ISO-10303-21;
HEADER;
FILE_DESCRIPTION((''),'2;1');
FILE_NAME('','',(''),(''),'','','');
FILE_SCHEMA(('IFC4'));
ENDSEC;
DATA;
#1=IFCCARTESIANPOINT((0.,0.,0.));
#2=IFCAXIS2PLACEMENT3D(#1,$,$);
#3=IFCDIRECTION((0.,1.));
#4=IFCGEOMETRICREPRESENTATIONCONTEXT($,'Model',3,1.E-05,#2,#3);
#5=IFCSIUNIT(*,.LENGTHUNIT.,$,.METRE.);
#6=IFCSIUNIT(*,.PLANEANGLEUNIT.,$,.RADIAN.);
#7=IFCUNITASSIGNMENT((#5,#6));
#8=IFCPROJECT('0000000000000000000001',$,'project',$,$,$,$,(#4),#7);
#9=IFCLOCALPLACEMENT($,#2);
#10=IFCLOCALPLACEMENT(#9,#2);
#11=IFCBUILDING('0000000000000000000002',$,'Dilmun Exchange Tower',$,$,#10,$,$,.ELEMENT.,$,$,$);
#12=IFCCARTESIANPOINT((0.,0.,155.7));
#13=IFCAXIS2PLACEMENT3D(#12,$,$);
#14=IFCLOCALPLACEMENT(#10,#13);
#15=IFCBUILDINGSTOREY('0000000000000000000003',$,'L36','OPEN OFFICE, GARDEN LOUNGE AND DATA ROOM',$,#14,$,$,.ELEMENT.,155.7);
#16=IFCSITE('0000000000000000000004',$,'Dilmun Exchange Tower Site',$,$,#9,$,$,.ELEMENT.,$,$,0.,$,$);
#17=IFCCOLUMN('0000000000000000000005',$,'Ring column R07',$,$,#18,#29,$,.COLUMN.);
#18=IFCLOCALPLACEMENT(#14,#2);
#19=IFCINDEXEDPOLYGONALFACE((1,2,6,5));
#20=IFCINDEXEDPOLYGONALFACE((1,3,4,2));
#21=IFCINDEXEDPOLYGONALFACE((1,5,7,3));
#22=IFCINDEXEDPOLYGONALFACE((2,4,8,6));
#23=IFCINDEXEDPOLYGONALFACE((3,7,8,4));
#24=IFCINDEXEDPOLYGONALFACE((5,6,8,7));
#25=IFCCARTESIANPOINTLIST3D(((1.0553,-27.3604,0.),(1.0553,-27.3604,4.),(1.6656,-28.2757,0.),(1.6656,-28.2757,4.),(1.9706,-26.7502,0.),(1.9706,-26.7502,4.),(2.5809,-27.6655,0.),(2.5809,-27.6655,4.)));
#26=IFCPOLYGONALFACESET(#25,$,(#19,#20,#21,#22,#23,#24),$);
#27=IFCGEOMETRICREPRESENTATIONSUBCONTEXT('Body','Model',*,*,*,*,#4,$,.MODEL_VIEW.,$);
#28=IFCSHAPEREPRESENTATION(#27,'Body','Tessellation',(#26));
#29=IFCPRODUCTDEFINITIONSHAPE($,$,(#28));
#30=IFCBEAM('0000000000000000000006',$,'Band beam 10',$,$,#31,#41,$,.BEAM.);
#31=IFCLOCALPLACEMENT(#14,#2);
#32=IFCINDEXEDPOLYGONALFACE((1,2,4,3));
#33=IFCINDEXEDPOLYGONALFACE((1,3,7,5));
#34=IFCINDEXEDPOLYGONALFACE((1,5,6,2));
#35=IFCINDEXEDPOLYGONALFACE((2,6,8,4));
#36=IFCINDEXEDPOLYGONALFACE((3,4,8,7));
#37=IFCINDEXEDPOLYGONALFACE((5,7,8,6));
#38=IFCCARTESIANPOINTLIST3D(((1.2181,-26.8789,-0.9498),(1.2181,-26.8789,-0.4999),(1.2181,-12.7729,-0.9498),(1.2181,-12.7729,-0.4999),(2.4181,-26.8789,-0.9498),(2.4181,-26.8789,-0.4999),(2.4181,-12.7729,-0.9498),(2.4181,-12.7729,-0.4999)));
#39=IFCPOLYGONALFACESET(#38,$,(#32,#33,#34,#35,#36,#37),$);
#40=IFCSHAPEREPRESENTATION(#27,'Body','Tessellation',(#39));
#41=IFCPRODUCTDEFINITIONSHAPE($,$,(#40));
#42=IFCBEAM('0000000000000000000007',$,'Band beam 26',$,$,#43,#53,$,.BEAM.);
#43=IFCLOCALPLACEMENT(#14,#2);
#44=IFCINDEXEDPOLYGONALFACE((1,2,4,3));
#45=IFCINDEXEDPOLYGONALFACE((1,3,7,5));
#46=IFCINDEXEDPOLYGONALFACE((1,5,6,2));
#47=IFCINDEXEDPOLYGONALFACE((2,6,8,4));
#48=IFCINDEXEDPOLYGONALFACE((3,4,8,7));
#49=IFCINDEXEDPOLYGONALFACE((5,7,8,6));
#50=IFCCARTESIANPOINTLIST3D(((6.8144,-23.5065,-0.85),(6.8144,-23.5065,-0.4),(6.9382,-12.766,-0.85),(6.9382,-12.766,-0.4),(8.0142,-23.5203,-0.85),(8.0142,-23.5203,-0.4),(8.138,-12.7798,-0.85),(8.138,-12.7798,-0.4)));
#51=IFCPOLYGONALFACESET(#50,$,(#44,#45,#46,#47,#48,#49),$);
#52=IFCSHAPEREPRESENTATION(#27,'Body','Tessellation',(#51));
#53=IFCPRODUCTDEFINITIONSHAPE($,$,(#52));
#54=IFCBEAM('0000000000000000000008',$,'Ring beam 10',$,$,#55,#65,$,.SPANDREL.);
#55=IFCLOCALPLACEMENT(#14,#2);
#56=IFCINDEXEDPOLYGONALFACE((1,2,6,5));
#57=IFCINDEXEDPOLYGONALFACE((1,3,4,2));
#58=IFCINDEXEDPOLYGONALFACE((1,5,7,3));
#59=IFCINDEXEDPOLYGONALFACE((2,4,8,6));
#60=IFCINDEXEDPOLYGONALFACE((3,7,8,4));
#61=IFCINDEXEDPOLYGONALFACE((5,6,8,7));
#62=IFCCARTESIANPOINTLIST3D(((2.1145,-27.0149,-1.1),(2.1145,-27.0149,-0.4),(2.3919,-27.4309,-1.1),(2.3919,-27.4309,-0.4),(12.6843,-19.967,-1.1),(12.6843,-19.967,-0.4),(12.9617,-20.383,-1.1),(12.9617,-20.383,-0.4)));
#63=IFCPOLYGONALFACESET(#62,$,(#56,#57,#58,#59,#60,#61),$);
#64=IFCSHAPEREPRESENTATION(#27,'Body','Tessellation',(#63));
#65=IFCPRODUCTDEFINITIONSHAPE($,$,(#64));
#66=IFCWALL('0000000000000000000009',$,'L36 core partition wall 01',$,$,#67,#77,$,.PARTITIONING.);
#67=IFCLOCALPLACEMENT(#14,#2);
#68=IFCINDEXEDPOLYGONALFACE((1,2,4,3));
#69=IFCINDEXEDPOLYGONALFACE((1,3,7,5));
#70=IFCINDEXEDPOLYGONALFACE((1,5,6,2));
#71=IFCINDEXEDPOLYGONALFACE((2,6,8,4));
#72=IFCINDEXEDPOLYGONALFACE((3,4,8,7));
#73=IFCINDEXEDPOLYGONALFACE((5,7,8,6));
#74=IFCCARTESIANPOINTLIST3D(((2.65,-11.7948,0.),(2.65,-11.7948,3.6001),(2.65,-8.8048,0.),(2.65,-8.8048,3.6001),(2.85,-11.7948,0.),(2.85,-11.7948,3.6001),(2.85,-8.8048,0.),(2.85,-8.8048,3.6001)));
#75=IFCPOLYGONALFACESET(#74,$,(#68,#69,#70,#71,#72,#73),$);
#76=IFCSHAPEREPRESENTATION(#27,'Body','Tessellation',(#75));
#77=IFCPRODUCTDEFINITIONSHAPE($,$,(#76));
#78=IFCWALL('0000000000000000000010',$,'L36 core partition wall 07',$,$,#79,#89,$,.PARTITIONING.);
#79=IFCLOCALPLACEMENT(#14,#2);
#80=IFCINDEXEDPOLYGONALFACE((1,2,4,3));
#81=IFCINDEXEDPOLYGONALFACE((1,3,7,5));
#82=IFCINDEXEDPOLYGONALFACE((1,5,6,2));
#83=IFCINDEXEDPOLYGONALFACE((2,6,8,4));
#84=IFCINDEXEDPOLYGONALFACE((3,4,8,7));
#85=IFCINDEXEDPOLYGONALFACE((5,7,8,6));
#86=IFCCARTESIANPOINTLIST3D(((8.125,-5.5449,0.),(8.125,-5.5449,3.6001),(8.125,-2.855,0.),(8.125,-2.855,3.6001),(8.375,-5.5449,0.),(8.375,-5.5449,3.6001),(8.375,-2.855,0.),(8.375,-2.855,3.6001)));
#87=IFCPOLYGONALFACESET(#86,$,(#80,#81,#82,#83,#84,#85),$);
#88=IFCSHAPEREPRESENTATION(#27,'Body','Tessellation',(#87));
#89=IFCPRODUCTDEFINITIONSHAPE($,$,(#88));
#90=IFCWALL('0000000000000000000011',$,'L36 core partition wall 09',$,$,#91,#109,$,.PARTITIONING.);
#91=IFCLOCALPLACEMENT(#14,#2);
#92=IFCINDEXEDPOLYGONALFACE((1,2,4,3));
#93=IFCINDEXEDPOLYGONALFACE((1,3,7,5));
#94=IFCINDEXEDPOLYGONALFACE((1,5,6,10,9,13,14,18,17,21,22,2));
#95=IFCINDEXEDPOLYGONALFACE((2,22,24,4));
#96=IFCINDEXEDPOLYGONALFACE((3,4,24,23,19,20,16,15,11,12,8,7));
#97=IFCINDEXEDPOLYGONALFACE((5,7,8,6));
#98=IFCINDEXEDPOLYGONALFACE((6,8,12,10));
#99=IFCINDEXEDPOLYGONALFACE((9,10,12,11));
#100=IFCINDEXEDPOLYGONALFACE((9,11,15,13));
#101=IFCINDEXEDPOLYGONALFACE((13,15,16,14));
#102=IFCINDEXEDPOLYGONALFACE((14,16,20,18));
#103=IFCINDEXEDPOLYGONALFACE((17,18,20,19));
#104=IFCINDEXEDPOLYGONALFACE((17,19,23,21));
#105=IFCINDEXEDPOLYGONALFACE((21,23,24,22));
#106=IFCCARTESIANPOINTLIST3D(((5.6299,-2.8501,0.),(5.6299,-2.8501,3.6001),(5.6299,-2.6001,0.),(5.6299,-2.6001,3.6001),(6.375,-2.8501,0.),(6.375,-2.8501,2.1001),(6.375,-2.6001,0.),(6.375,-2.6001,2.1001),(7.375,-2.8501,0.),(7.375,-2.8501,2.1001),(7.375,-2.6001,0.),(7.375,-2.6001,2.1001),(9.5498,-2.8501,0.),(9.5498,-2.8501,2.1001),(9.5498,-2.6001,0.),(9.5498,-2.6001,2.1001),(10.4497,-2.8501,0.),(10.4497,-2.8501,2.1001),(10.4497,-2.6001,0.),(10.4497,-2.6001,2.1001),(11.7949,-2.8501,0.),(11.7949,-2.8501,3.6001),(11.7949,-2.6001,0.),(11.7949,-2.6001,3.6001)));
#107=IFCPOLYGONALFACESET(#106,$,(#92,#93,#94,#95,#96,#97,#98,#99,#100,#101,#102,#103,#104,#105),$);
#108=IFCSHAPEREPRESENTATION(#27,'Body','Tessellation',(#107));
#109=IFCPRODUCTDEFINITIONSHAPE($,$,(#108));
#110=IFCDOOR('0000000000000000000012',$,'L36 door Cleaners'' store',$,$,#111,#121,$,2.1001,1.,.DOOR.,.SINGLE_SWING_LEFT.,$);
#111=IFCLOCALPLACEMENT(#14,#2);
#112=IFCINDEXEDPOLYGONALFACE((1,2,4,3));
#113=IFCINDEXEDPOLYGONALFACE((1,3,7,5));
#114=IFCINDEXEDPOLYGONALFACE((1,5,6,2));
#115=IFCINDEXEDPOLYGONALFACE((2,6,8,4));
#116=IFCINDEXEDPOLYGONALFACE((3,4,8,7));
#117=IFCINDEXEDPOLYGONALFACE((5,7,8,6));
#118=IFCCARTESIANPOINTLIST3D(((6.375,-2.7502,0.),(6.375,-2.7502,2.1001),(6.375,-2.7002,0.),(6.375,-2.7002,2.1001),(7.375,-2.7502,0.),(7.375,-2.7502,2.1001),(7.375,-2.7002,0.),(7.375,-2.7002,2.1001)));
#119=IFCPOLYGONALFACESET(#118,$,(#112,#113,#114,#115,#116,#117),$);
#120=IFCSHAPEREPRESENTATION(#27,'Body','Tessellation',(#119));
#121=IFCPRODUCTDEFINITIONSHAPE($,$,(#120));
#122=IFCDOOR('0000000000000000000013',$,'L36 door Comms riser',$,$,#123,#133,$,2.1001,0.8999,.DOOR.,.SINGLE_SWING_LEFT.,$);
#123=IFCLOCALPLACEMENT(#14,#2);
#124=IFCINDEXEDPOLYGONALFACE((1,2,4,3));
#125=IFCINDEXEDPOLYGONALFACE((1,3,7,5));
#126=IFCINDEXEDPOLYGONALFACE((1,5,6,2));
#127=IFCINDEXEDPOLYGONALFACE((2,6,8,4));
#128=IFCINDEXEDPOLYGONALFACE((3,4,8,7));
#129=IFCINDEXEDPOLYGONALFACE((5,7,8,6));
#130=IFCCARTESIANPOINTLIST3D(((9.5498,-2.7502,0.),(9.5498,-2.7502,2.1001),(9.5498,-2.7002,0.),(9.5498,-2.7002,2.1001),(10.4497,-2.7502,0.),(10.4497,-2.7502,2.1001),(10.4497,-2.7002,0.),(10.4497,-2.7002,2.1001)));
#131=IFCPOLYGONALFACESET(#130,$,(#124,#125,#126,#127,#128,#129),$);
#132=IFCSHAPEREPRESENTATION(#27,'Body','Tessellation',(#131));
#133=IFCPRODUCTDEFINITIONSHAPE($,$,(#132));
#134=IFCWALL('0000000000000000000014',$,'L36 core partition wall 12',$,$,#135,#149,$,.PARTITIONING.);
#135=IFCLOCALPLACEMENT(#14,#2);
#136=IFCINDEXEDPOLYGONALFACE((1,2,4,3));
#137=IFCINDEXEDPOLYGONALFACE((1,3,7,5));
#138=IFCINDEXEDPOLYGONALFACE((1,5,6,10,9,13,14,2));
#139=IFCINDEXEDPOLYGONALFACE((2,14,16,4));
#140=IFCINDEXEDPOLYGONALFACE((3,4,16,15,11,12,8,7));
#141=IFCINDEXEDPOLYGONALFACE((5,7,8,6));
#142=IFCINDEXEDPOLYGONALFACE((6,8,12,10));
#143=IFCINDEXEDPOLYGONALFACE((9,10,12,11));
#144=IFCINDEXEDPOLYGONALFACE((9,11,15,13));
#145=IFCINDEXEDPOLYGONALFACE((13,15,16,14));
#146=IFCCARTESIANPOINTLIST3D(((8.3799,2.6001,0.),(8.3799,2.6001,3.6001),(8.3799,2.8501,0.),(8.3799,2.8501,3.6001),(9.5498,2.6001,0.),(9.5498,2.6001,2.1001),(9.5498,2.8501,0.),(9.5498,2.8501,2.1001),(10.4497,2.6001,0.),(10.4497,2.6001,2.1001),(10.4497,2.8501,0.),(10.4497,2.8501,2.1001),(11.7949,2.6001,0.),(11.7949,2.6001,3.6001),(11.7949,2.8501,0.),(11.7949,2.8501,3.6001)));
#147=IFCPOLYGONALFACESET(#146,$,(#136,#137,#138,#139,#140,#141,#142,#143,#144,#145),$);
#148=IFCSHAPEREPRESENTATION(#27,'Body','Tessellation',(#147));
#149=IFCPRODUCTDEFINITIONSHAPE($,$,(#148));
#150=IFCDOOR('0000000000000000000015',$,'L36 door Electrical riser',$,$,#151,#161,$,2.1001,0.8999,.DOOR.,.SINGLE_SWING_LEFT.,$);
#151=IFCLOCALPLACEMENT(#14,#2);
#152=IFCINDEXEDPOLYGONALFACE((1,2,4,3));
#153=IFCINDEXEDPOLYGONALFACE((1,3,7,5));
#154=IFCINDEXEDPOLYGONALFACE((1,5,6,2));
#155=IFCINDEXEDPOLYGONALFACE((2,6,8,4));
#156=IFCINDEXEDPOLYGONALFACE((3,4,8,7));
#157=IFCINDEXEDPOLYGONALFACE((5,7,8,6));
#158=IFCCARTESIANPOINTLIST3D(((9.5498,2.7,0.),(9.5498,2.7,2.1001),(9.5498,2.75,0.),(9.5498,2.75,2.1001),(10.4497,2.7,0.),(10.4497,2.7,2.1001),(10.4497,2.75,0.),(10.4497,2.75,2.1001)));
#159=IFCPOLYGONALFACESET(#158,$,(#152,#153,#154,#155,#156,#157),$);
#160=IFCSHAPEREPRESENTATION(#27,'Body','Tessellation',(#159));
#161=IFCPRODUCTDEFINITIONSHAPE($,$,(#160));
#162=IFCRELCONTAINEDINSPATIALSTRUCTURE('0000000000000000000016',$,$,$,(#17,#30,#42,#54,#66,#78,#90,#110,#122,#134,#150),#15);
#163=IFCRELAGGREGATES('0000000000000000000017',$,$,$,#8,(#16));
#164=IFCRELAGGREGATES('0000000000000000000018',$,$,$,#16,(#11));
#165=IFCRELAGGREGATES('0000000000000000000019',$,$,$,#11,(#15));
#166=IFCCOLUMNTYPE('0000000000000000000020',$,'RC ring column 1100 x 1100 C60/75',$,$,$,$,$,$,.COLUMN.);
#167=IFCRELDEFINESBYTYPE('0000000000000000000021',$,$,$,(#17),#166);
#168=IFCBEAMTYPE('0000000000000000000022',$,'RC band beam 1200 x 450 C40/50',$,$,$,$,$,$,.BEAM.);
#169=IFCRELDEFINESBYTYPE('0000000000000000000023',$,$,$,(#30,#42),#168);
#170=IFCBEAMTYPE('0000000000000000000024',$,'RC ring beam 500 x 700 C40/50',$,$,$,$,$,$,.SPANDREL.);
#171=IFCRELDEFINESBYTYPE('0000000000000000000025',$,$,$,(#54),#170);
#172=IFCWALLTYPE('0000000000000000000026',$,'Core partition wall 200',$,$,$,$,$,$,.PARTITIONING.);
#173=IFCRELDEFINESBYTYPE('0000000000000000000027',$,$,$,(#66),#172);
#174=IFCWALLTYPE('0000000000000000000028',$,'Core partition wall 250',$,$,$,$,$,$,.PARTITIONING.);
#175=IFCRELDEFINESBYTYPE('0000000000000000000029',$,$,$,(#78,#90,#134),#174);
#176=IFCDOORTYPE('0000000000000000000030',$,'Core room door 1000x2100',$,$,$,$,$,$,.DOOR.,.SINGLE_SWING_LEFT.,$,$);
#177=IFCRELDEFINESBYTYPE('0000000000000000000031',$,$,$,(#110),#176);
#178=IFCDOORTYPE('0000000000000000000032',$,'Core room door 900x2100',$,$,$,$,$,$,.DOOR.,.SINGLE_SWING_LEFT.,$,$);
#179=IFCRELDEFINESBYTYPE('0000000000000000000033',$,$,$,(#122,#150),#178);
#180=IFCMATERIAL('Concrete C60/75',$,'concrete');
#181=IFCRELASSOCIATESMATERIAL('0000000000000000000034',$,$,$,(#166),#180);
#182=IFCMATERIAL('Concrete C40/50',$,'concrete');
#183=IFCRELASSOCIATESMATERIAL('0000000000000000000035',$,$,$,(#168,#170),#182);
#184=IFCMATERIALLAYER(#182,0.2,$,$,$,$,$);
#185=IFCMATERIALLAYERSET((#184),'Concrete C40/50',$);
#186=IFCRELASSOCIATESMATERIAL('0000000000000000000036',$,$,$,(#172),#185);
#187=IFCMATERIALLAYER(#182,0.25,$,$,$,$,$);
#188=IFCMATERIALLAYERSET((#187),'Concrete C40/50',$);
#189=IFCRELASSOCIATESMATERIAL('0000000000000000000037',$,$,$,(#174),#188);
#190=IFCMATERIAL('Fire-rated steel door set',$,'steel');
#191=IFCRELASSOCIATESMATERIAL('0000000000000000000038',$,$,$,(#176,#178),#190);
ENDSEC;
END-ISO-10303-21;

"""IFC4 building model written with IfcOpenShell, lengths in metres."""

from ifc_helpers import new_model, si_unit, direction, frame, frame_2d, origin, origin_2d, place, context, subcontext, project, spatial, rectangle, extrude, material, layer, layer_set, material_profile, profile_set, type_object, element, fill, save


model = new_model("IFC4")

# Units and contexts
model_context = context("Model", 3, precision=1e-05, world=origin(), true_north=direction((0.0, 1.0)))
body_context = subcontext(model_context, "Body", "Model", "MODEL_VIEW")
ifc_project = project(units=[si_unit("LENGTHUNIT", "METRE"), si_unit("PLANEANGLEUNIT", "RADIAN")], contexts=[model_context])

# Site, building, storey
site_placement = place(None, origin())
site = spatial("IfcSite", under=ifc_project, at=site_placement, Name="Dilmun Exchange Tower Site", CompositionType="ELEMENT", RefElevation=0.0)
building_placement = place(site_placement, origin())
building = spatial("IfcBuilding", under=site, at=building_placement, Name="Dilmun Exchange Tower", CompositionType="ELEMENT")
storey_placement = place(building_placement, frame((0.0, 0.0, 155.7)))
storey = spatial("IfcBuildingStorey", under=building, at=storey_placement, Name="L36", Description="OPEN OFFICE, GARDEN LOUNGE AND DATA ROOM", CompositionType="ELEMENT", Elevation=155.7)

# Column
ifc_material_1 = material(Name="Concrete C60/75", Category="concrete")
ifc_material_profile_1 = material_profile(ifc_material_1, rectangle(XDim=1.1001, YDim=1.1001, at=origin_2d()), Name="1100 x 1100")
ifc_profile_set_1 = profile_set([ifc_material_profile_1], Name="Concrete C60/75")
column_type = type_object("IfcColumnType", Name="RC ring column 1100 x 1100 C60/75", PredefinedType="COLUMN", material=ifc_profile_set_1)
column_placement = place(storey_placement, frame((1.8181, -27.5129, 0.0), z_axis=(0.0, 0.0, 1.0), x_axis=(0.832029, 0.554733, 0.0)))
element("IfcColumn", 1, at=column_placement, inside=storey, type_object=column_type, Name="Ring column R07", PredefinedType="COLUMN", context=body_context, shape_type="SweptSolid", body=[
    extrude(rectangle(XDim=1.1001, YDim=1.1001, at=origin_2d()), origin(), (0.0, 0.0, 1.0), 4.0),
])

# Beams
ifc_material_2 = material(Name="Concrete C40/50", Category="concrete")
ifc_material_profile_2 = material_profile(ifc_material_2, rectangle(XDim=1.2, YDim=0.45, at=origin_2d()), Name="1200 x 450")
ifc_profile_set_2 = profile_set([ifc_material_profile_2], Name="Concrete C40/50")
beam_type_1 = type_object("IfcBeamType", Name="RC band beam 1200 x 450 C40/50", PredefinedType="BEAM", material=ifc_profile_set_2)
beam_1_placement = place(storey_placement, frame((1.8181, -26.8789, -0.7249), z_axis=(0.0, 1.0, 0.0), x_axis=(-1.0, 0.0, 0.0)))
element("IfcBeam", 2, at=beam_1_placement, inside=storey, type_object=beam_type_1, Name="Band beam 10", PredefinedType="BEAM", context=body_context, shape_type="SweptSolid", body=[
    extrude(rectangle(XDim=1.2, YDim=0.45, at=origin_2d()), origin(), (0.0, 0.0, 1.0), 14.106),
])
beam_2_placement = place(storey_placement, frame((7.4143, -23.5134, -0.625), z_axis=(0.011524, 0.999934, 0.0), x_axis=(-0.999934, 0.011524, 0.0)))
element("IfcBeam", 3, at=beam_2_placement, inside=storey, type_object=beam_type_1, Name="Band beam 26", PredefinedType="BEAM", context=body_context, shape_type="SweptSolid", body=[
    extrude(rectangle(XDim=1.2, YDim=0.45, at=origin_2d()), origin(), (0.0, 0.0, 1.0), 10.7412),
])
ifc_material_profile_3 = material_profile(ifc_material_2, rectangle(XDim=0.5, YDim=0.7, at=origin_2d()), Name="500 x 700")
ifc_profile_set_3 = profile_set([ifc_material_profile_3], Name="Concrete C40/50")
beam_type_2 = type_object("IfcBeamType", Name="RC ring beam 500 x 700 C40/50", PredefinedType="SPANDREL", material=ifc_profile_set_3)
beam_3_placement = place(storey_placement, frame((2.2532, -27.2229, -0.75), z_axis=(0.832003, 0.554771, 0.0), x_axis=(-0.554771, 0.832003, 0.0)))
element("IfcBeam", 4, at=beam_3_placement, inside=storey, type_object=beam_type_2, Name="Ring beam 10", PredefinedType="SPANDREL", context=body_context, shape_type="SweptSolid", body=[
    extrude(rectangle(XDim=0.5, YDim=0.7, at=origin_2d()), origin(), (0.0, 0.0, 1.0), 12.7041),
])

# Walls
ifc_layer_1 = layer(ifc_material_2, 0.2)
ifc_layer_set_1 = layer_set([ifc_layer_1], Name="Concrete C40/50")
wall_type_1 = type_object("IfcWallType", Name="Core partition wall 200", PredefinedType="PARTITIONING", material=ifc_layer_set_1)
wall_1_placement = place(storey_placement, frame((2.75, -11.7949, 0.0), z_axis=(0.0, 0.0, 1.0), x_axis=(0.0, 1.0, 0.0)))
element("IfcWall", 5, at=wall_1_placement, inside=storey, type_object=wall_type_1, Name="L36 core partition wall 01", PredefinedType="PARTITIONING", context=body_context, shape_type="SweptSolid", body=[
    extrude(rectangle(XDim=2.99, YDim=0.2, at=frame_2d((1.4951, 0.0))), origin(), (0.0, 0.0, 1.0), 3.6001),
])
ifc_layer_2 = layer(ifc_material_2, 0.25)
ifc_layer_set_2 = layer_set([ifc_layer_2], Name="Concrete C40/50")
wall_type_2 = type_object("IfcWallType", Name="Core partition wall 250", PredefinedType="PARTITIONING", material=ifc_layer_set_2)
wall_2_placement = place(storey_placement, frame((8.25, -5.5449, 0.0), z_axis=(0.0, 0.0, 1.0), x_axis=(0.0, 1.0, 0.0)))
element("IfcWall", 6, at=wall_2_placement, inside=storey, type_object=wall_type_2, Name="L36 core partition wall 07", PredefinedType="PARTITIONING", context=body_context, shape_type="SweptSolid", body=[
    extrude(rectangle(XDim=2.6899, YDim=0.25, at=frame_2d((1.345, 0.0))), origin(), (0.0, 0.0, 1.0), 3.6001),
])

# Wall, openings, doors
wall_3_placement = place(storey_placement, frame((5.6299, -2.7251, 0.0), z_axis=(0.0, 0.0, 1.0), x_axis=(1.0, 0.0, 0.0)))
wall_3 = element("IfcWall", 7, at=wall_3_placement, inside=storey, type_object=wall_type_2, Name="L36 core partition wall 09", PredefinedType="PARTITIONING", context=body_context, shape_type="SweptSolid", body=[
    extrude(rectangle(XDim=6.165, YDim=0.25, at=frame_2d((3.0825, 0.0))), origin(), (0.0, 0.0, 1.0), 3.6001),
])
opening_1_placement = place(wall_3_placement, frame((0.7451, 0.0, 0.0)))
opening_1 = element("IfcOpeningElement", 8, at=opening_1_placement, cuts=wall_3, PredefinedType="OPENING", context=body_context, shape_type="SweptSolid", body=[
    extrude(rectangle(XDim=1.0, YDim=2.1001, at=frame_2d((0.5, 1.05))), frame((0.0, 0.135, 0.0), z_axis=(0.0, -1.0, 0.0), x_axis=(1.0, 0.0, 0.0)), (0.0, 0.0, 1.0), 0.27),
])
opening_2_placement = place(wall_3_placement, frame((3.9199, 0.0, 0.0)))
opening_2 = element("IfcOpeningElement", 9, at=opening_2_placement, cuts=wall_3, PredefinedType="OPENING", context=body_context, shape_type="SweptSolid", body=[
    extrude(rectangle(XDim=0.8999, YDim=2.1001, at=frame_2d((0.45, 1.05))), frame((0.0, 0.135, 0.0), z_axis=(0.0, -1.0, 0.0), x_axis=(1.0, 0.0, 0.0)), (0.0, 0.0, 1.0), 0.27),
])
ifc_material_3 = material(Name="Fire-rated steel door set", Category="steel")
door_type_1 = type_object("IfcDoorType", Name="Core room door 1000x2100", OperationType="SINGLE_SWING_LEFT", PredefinedType="DOOR", material=ifc_material_3)
door_1_placement = place(opening_1_placement, origin())
door_1 = element("IfcDoor", 10, at=door_1_placement, inside=storey, type_object=door_type_1, Name="L36 door Cleaners' store", OperationType="SINGLE_SWING_LEFT", OverallHeight=2.1001, OverallWidth=1.0, PredefinedType="DOOR", context=body_context, shape_type="SweptSolid", body=[
    extrude(rectangle(XDim=1.0, YDim=2.1001, at=frame_2d((0.5, 1.05))), frame((0.0, 0.0249, 0.0), z_axis=(0.0, -1.0, 0.0), x_axis=(1.0, 0.0, 0.0)), (0.0, 0.0, 1.0), 0.05),
])
fill(opening_1, door_1)
door_type_2 = type_object("IfcDoorType", Name="Core room door 900x2100", OperationType="SINGLE_SWING_LEFT", PredefinedType="DOOR", material=ifc_material_3)
door_2_placement = place(opening_2_placement, origin())
door_2 = element("IfcDoor", 11, at=door_2_placement, inside=storey, type_object=door_type_2, Name="L36 door Comms riser", OperationType="SINGLE_SWING_LEFT", OverallHeight=2.1001, OverallWidth=0.8999, PredefinedType="DOOR", context=body_context, shape_type="SweptSolid", body=[
    extrude(rectangle(XDim=0.8999, YDim=2.1001, at=frame_2d((0.45, 1.05))), frame((0.0, 0.0249, 0.0), z_axis=(0.0, -1.0, 0.0), x_axis=(1.0, 0.0, 0.0)), (0.0, 0.0, 1.0), 0.05),
])
fill(opening_2, door_2)

# Wall, opening, door
wall_4_placement = place(storey_placement, frame((8.3799, 2.7251, 0.0), z_axis=(0.0, 0.0, 1.0), x_axis=(1.0, 0.0, 0.0)))
wall_4 = element("IfcWall", 12, at=wall_4_placement, inside=storey, type_object=wall_type_2, Name="L36 core partition wall 12", PredefinedType="PARTITIONING", context=body_context, shape_type="SweptSolid", body=[
    extrude(rectangle(XDim=3.415, YDim=0.25, at=frame_2d((1.7075, 0.0))), origin(), (0.0, 0.0, 1.0), 3.6001),
])
opening_3_placement = place(wall_4_placement, frame((1.1699, 0.0, 0.0)))
opening_3 = element("IfcOpeningElement", 13, at=opening_3_placement, cuts=wall_4, PredefinedType="OPENING", context=body_context, shape_type="SweptSolid", body=[
    extrude(rectangle(XDim=0.8999, YDim=2.1001, at=frame_2d((0.45, 1.05))), frame((0.0, 0.135, 0.0), z_axis=(0.0, -1.0, 0.0), x_axis=(1.0, 0.0, 0.0)), (0.0, 0.0, 1.0), 0.27),
])
door_3_placement = place(opening_3_placement, origin())
door_3 = element("IfcDoor", 14, at=door_3_placement, inside=storey, type_object=door_type_2, Name="L36 door Electrical riser", OperationType="SINGLE_SWING_LEFT", OverallHeight=2.1001, OverallWidth=0.8999, PredefinedType="DOOR", context=body_context, shape_type="SweptSolid", body=[
    extrude(rectangle(XDim=0.8999, YDim=2.1001, at=frame_2d((0.45, 1.05))), frame((0.0, 0.0249, 0.0), z_axis=(0.0, -1.0, 0.0), x_axis=(1.0, 0.0, 0.0)), (0.0, 0.0, 1.0), 0.05),
])
fill(opening_3, door_3)

save(model, "model.ifc")
